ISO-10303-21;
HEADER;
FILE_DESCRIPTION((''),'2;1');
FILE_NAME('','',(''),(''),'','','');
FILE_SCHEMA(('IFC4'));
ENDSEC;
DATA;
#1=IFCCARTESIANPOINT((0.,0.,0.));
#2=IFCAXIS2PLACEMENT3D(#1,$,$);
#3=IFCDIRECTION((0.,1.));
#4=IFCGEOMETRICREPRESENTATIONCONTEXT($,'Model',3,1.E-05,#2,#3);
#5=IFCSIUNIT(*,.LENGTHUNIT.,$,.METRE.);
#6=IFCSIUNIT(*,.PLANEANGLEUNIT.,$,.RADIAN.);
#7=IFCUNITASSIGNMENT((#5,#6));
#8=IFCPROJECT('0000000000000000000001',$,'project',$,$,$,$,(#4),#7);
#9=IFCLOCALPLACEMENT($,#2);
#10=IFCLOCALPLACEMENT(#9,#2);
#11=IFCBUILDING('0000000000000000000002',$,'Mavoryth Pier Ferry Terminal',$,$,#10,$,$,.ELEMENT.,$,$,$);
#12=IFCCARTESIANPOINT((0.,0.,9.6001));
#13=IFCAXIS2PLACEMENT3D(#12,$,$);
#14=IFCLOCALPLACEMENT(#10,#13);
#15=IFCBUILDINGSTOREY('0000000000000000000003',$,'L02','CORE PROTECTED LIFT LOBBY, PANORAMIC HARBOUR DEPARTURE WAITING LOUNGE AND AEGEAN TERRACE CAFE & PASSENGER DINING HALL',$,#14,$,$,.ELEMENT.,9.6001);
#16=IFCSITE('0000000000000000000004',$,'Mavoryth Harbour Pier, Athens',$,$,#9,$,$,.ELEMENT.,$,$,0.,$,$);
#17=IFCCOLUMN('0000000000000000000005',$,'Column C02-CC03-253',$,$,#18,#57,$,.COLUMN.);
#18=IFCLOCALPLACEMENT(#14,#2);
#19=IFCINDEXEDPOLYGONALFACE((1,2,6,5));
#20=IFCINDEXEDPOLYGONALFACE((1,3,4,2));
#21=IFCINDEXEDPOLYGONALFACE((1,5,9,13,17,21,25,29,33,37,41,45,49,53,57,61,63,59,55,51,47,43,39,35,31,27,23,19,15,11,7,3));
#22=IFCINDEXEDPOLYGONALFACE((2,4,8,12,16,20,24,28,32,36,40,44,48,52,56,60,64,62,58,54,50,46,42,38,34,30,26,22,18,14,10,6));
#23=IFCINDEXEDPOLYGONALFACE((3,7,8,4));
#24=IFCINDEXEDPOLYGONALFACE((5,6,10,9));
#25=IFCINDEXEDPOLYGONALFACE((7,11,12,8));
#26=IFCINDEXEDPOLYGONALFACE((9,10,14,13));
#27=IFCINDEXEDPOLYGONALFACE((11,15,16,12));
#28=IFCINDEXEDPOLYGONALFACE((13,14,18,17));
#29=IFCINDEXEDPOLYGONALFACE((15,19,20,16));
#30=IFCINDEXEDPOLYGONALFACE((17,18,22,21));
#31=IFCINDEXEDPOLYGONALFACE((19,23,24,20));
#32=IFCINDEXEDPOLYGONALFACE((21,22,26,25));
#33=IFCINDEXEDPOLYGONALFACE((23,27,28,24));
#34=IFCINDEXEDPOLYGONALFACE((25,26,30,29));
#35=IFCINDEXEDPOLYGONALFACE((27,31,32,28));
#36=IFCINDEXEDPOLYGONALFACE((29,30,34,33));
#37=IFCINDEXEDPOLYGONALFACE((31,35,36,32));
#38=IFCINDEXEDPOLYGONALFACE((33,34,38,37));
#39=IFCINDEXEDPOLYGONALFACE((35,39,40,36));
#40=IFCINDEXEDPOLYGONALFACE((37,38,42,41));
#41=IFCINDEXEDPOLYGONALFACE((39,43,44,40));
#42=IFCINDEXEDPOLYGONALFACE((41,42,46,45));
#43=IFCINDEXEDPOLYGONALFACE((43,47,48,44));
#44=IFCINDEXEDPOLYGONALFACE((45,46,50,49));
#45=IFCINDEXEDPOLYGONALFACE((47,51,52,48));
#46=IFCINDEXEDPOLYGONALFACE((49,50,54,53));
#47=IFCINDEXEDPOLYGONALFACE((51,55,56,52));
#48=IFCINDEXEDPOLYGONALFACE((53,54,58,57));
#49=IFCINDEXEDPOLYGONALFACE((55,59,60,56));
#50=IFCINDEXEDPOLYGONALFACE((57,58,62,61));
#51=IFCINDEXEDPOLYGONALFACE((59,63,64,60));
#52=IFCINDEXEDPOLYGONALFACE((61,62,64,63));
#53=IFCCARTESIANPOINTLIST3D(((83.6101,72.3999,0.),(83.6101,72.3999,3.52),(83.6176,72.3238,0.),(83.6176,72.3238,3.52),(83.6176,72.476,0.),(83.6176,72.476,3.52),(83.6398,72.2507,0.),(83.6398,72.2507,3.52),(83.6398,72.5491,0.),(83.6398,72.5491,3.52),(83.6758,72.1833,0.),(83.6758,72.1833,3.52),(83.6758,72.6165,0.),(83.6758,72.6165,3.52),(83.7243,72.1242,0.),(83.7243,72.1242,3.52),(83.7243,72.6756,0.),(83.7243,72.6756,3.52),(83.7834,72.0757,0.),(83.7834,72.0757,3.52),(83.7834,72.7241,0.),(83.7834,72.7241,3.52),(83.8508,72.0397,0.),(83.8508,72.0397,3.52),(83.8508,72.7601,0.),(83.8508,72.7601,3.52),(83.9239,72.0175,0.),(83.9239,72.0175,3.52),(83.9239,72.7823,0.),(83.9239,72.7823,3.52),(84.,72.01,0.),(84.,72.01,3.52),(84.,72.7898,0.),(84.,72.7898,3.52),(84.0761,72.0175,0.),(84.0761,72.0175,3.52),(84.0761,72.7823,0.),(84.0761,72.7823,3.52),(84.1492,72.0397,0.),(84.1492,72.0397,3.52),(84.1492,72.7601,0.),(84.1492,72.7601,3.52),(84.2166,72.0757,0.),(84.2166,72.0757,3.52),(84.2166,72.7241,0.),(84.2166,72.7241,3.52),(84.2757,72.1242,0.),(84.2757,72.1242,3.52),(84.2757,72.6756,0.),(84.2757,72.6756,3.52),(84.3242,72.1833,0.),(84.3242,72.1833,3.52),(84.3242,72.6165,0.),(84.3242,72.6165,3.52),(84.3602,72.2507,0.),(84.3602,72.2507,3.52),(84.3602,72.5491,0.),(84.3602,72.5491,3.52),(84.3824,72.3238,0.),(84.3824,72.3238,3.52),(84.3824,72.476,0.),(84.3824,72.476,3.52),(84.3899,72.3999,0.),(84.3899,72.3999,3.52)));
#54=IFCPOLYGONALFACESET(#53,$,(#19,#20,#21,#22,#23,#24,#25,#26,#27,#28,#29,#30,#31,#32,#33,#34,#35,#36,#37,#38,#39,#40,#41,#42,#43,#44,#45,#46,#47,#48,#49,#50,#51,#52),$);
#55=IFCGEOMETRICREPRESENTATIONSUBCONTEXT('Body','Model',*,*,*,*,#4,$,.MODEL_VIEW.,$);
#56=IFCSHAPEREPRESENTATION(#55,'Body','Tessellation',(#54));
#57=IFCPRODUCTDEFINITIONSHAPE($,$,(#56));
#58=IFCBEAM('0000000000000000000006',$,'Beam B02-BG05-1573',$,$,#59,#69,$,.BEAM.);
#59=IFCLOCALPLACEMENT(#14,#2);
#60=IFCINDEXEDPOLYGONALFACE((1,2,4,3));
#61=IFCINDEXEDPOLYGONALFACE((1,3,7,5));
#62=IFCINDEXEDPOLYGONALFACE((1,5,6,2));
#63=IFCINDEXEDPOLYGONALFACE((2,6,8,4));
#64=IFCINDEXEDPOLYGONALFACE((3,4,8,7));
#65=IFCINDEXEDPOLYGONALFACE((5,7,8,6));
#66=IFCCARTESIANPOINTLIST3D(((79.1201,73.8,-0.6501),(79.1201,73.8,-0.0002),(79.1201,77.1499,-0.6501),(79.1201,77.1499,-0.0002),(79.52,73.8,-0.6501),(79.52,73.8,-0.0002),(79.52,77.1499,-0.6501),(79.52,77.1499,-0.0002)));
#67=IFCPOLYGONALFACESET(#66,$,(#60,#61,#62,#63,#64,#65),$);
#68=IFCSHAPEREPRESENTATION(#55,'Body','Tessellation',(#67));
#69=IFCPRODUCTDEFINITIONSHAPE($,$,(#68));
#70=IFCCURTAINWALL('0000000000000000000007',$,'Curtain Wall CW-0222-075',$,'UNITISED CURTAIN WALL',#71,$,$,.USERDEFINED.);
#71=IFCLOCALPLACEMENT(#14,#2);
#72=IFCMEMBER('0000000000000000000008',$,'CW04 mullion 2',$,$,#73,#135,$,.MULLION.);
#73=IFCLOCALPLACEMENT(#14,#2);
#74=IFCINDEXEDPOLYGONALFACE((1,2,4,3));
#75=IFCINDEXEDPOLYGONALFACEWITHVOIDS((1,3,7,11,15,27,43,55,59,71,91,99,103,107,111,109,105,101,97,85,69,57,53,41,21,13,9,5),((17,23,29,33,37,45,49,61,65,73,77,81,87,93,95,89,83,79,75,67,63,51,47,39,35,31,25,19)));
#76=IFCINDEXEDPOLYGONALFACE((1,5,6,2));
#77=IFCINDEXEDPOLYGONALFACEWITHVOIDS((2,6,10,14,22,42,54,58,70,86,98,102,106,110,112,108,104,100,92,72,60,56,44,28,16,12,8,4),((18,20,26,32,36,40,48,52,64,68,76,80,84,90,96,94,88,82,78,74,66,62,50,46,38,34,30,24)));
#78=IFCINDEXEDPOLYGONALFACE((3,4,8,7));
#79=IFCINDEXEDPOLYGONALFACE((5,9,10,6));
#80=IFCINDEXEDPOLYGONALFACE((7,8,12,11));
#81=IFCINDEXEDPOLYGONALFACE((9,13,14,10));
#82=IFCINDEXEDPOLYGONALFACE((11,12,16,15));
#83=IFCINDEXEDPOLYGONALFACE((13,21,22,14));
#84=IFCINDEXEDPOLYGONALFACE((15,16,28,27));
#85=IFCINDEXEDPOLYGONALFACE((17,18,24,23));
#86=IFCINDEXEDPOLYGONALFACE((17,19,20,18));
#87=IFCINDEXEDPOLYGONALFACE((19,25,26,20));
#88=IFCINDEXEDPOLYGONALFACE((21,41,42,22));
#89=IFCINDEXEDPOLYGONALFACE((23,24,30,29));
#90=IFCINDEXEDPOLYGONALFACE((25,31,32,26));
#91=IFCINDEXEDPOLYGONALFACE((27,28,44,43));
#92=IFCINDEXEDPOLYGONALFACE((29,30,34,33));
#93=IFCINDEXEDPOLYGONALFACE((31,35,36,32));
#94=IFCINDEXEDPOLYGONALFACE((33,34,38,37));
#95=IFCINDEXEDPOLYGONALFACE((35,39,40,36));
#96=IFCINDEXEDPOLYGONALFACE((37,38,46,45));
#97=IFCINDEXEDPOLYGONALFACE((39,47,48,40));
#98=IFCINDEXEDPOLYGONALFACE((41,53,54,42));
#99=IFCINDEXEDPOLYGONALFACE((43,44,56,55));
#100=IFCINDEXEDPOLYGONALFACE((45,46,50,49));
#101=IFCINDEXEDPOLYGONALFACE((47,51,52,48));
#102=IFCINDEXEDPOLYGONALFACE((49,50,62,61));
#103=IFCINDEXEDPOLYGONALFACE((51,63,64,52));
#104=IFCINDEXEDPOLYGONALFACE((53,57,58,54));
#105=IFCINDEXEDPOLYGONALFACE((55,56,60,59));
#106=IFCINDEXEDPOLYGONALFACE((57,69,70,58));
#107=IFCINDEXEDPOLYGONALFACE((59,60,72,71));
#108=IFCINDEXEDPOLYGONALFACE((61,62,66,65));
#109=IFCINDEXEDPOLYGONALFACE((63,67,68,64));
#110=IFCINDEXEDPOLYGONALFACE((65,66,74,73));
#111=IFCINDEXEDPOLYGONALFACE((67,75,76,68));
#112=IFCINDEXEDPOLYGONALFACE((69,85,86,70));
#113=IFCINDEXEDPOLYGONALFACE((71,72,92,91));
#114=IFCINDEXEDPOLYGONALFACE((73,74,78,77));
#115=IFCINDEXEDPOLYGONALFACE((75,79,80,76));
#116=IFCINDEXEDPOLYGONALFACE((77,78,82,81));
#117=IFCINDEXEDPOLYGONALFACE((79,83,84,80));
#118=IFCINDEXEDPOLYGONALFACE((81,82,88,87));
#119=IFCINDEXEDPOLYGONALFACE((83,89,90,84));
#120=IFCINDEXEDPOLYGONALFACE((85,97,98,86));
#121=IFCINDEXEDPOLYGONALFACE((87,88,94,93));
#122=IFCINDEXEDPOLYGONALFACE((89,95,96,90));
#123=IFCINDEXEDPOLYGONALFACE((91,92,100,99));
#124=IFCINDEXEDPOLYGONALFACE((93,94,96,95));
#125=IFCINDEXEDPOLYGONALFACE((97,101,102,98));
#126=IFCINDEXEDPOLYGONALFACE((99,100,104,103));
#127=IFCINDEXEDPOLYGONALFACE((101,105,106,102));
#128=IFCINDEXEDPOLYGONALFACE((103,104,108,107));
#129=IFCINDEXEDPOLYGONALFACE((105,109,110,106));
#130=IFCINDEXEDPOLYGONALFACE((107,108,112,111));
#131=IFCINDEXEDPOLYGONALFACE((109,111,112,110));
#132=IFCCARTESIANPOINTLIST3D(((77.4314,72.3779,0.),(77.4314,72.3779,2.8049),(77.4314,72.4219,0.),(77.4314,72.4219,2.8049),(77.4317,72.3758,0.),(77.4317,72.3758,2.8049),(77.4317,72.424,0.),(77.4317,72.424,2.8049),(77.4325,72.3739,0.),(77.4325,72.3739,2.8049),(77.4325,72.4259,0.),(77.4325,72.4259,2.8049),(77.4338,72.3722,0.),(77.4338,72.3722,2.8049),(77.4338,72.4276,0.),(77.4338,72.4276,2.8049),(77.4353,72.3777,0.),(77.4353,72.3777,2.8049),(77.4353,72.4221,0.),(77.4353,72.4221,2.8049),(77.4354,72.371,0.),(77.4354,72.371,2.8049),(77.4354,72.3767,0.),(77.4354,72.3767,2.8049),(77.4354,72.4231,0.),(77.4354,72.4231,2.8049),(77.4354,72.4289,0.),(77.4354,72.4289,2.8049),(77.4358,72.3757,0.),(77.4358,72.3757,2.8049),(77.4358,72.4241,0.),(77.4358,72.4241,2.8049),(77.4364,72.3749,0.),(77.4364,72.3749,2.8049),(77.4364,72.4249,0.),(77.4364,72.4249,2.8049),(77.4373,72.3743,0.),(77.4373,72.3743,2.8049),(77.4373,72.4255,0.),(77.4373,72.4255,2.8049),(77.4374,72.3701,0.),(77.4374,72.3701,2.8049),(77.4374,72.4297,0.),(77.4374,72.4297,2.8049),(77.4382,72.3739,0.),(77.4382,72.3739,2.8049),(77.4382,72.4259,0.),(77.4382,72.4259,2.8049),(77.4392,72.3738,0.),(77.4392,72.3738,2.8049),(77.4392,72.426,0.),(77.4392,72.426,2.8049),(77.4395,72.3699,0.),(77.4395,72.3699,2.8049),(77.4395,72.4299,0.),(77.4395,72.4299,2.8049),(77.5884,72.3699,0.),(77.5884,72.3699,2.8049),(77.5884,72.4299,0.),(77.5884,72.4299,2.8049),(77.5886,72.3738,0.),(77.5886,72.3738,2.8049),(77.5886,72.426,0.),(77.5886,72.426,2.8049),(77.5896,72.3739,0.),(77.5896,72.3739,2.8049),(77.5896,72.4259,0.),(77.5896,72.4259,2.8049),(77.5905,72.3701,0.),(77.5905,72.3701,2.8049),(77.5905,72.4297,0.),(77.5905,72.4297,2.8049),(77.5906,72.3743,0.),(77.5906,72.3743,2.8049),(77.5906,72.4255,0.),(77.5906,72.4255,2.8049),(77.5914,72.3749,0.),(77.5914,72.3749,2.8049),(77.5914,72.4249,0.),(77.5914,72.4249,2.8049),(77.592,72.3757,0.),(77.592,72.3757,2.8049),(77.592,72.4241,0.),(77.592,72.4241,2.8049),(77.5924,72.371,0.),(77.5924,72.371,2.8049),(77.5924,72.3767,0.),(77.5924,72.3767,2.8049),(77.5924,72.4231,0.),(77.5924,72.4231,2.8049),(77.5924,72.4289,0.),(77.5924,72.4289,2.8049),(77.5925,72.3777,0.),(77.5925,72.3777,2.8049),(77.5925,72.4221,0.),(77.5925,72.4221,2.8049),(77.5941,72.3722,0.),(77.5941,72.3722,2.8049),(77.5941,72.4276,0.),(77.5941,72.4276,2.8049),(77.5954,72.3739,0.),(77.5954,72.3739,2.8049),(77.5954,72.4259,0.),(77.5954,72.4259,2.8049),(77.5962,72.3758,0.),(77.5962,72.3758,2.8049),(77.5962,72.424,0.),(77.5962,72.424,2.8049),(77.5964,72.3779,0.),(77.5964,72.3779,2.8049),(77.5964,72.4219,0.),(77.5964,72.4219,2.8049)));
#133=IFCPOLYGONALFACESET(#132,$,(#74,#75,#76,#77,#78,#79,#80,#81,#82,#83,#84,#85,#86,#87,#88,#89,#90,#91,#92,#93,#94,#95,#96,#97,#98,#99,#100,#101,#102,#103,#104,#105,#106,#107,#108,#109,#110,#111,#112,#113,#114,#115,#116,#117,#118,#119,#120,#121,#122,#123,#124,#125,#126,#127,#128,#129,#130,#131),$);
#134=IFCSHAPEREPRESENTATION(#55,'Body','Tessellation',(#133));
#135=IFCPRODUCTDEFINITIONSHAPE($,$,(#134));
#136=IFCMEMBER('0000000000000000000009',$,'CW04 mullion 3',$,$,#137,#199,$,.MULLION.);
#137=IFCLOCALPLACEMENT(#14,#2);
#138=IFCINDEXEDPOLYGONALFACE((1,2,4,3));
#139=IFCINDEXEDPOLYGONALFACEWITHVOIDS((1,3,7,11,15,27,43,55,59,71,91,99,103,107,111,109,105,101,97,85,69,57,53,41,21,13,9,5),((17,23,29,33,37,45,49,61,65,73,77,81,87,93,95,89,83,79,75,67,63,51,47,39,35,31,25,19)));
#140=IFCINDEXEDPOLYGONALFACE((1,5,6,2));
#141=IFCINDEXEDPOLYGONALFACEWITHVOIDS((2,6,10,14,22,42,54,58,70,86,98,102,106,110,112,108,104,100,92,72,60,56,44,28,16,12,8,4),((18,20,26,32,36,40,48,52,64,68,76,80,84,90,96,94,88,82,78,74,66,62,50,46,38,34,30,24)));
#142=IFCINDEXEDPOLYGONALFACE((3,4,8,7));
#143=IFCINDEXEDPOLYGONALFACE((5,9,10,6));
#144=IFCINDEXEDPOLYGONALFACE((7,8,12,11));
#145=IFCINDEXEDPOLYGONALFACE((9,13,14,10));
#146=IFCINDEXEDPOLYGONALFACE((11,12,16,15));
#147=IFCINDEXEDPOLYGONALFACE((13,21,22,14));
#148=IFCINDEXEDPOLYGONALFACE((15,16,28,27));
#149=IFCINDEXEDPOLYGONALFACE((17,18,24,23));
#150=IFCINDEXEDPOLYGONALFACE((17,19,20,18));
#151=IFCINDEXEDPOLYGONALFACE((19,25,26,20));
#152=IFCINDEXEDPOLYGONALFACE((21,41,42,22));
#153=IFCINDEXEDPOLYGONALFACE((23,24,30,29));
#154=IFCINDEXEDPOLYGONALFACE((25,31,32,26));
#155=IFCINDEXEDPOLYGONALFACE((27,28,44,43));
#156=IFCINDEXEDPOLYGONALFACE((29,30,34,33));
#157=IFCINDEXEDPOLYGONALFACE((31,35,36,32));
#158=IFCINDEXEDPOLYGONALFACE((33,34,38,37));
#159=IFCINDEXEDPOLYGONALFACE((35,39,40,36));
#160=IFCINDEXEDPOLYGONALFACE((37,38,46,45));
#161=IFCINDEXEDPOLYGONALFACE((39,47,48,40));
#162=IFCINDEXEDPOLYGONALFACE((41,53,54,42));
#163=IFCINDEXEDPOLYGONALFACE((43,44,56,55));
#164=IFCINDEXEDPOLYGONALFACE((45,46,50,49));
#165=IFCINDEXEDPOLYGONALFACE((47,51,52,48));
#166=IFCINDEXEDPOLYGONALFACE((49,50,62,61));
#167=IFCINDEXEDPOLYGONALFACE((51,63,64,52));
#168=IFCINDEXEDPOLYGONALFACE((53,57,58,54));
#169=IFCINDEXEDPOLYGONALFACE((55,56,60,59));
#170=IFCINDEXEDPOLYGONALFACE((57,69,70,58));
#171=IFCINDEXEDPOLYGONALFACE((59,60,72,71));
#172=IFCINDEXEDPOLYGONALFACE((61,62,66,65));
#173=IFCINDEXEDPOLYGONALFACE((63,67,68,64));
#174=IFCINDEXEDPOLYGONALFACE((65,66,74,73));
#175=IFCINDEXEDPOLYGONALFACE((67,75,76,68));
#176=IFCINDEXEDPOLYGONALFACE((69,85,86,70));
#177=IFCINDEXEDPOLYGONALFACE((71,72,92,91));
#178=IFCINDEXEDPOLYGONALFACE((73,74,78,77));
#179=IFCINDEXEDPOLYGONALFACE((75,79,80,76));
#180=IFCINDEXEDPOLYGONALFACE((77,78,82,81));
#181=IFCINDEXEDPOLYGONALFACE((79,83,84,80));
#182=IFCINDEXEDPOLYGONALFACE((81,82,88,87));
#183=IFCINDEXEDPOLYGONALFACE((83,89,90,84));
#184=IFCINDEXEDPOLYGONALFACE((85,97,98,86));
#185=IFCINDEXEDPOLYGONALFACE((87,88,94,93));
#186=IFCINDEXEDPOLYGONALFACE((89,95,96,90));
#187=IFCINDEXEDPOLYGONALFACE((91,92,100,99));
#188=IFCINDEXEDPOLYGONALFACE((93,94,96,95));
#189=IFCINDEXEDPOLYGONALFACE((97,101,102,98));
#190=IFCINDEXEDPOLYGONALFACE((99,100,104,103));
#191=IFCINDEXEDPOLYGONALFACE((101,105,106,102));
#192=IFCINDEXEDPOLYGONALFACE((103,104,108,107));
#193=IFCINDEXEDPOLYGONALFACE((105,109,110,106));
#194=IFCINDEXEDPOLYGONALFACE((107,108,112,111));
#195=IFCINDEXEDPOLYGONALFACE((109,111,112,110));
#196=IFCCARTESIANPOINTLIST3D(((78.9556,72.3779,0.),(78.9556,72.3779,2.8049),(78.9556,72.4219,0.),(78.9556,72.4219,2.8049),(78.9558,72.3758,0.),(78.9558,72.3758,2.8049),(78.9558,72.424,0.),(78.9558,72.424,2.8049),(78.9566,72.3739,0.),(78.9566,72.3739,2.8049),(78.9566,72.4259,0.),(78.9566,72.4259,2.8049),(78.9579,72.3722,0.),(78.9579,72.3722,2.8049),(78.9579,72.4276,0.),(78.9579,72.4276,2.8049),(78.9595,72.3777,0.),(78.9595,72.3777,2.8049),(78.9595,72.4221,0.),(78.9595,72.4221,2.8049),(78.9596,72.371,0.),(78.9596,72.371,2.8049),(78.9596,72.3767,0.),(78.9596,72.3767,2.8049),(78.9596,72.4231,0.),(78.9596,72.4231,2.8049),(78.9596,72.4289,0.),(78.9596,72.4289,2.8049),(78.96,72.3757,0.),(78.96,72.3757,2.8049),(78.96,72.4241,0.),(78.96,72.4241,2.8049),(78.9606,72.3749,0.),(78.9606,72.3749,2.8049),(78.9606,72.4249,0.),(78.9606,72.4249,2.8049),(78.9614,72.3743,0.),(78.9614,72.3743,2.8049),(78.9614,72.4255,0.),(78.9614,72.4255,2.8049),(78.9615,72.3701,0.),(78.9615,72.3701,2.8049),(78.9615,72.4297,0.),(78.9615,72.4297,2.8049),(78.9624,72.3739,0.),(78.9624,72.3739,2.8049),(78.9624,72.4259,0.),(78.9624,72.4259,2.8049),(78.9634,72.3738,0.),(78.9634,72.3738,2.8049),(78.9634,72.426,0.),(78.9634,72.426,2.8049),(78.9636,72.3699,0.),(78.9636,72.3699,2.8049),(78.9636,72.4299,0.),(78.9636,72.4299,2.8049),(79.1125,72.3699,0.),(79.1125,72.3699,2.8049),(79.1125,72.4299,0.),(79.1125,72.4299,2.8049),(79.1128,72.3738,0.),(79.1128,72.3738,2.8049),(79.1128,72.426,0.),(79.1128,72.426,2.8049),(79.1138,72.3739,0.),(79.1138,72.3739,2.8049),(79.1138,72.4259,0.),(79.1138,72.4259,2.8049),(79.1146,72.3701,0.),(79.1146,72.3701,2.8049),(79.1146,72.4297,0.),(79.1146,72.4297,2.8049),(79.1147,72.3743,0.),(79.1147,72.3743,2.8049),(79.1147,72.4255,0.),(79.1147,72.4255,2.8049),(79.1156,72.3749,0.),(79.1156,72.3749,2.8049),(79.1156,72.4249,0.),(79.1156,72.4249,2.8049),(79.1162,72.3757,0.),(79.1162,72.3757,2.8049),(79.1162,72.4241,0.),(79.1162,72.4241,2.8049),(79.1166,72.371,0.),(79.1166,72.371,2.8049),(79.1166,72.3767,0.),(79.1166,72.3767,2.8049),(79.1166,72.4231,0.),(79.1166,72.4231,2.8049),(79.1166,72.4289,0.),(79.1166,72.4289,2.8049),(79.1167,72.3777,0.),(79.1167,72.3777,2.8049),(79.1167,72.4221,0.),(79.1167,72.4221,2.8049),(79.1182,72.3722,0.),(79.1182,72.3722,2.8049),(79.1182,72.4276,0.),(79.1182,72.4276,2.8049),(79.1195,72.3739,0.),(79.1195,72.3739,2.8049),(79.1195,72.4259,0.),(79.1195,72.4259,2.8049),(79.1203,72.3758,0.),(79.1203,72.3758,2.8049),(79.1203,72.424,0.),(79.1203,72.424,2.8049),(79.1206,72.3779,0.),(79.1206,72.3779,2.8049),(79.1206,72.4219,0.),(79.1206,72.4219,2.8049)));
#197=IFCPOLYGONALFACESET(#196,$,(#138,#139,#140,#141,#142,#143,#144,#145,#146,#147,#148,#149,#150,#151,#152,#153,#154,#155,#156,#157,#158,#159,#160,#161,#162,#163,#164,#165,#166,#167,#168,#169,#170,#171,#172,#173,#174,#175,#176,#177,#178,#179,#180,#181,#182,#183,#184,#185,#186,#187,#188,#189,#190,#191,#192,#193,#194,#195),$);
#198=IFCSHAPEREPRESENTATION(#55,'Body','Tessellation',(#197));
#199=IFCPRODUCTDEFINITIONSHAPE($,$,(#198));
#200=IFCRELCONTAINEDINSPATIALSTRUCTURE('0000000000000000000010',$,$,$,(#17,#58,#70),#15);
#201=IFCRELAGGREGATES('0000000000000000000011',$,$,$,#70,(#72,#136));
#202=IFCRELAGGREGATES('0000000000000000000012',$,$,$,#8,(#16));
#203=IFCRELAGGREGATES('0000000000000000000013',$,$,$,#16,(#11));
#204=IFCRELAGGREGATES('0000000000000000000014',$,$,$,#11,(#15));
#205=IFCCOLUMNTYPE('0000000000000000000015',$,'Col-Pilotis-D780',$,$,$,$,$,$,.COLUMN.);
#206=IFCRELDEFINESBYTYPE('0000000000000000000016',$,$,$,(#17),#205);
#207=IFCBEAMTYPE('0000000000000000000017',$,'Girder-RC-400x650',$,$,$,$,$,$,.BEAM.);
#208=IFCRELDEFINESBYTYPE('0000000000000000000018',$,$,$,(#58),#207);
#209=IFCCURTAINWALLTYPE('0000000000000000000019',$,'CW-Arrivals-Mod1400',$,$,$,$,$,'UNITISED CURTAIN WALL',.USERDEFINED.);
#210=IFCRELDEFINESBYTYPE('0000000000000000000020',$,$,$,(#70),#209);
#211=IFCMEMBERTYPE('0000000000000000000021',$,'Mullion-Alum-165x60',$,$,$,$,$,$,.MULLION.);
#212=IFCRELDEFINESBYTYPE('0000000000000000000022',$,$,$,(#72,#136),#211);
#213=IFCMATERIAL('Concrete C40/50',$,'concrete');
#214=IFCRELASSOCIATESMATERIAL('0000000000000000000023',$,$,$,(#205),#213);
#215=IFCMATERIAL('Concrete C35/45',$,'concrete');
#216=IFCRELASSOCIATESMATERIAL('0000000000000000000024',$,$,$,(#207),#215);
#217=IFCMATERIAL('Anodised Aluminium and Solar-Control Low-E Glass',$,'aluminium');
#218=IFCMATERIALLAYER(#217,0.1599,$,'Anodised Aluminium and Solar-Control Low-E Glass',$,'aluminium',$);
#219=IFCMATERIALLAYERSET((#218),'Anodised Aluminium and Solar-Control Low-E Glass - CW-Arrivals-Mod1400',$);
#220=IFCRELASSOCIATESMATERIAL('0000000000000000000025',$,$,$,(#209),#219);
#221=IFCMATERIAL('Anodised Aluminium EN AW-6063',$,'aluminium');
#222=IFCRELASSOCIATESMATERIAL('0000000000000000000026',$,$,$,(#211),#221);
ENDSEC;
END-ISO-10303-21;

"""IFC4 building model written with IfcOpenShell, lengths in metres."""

from ifc_helpers import new_model, si_unit, direction, frame, origin, origin_2d, place, context, subcontext, project, spatial, rectangle, hollow_rectangle, circle, extrude, material, layer, layer_set, material_profile, profile_set, type_object, element, aggregate, save


model = new_model("IFC4")

# Units and contexts
model_context = context("Model", 3, precision=1e-05, world=origin(), true_north=direction((0.0, 1.0)))
body_context = subcontext(model_context, "Body", "Model", "MODEL_VIEW")
ifc_project = project(units=[si_unit("LENGTHUNIT", "METRE"), si_unit("PLANEANGLEUNIT", "RADIAN")], contexts=[model_context])

# Site, building, storey
site_placement = place(None, origin())
site = spatial("IfcSite", under=ifc_project, at=site_placement, Name="Mavoryth Harbour Pier, Athens", CompositionType="ELEMENT", RefElevation=0.0)
building_placement = place(site_placement, origin())
building = spatial("IfcBuilding", under=site, at=building_placement, Name="Mavoryth Pier Ferry Terminal", CompositionType="ELEMENT")
storey_placement = place(building_placement, frame((0.0, 0.0, 9.6001)))
storey = spatial("IfcBuildingStorey", under=building, at=storey_placement, Name="L02", Description="CORE PROTECTED LIFT LOBBY, PANORAMIC HARBOUR DEPARTURE WAITING LOUNGE AND AEGEAN TERRACE CAFE & PASSENGER DINING HALL", CompositionType="ELEMENT", Elevation=9.6001)

# Column
ifc_material_1 = material(Name="Concrete C40/50", Category="concrete")
ifc_material_profile_1 = material_profile(ifc_material_1, circle(Radius=0.3899, at=origin_2d()), Name="RC D780", Category="concrete")
ifc_profile_set_1 = profile_set([ifc_material_profile_1], Name="Concrete C40/50 - RC D780")
column_type = type_object("IfcColumnType", Name="Col-Pilotis-D780", PredefinedType="COLUMN", material=ifc_profile_set_1)
column_placement = place(storey_placement, frame((84.0, 72.3999, 0.0), z_axis=(0.0, 0.0, 1.0), x_axis=(1.0, 0.0, 0.0)))
element("IfcColumn", 1, at=column_placement, inside=storey, type_object=column_type, Name="Column C02-CC03-253", PredefinedType="COLUMN", context=body_context, shape_type="SweptSolid", body=[
    extrude(circle(Radius=0.3899, at=origin_2d()), origin(), (0.0, 0.0, 1.0), 3.52),
])

# Beam
ifc_material_2 = material(Name="Concrete C35/45", Category="concrete")
ifc_material_profile_2 = material_profile(ifc_material_2, rectangle(XDim=0.3999, YDim=0.6499, at=origin_2d()), Name="RC 400x650", Category="concrete")
ifc_profile_set_2 = profile_set([ifc_material_profile_2], Name="Concrete C35/45 - RC 400x650")
beam_type = type_object("IfcBeamType", Name="Girder-RC-400x650", PredefinedType="BEAM", material=ifc_profile_set_2)
beam_placement = place(storey_placement, frame((79.3201, 73.8, -0.3252), z_axis=(0.0, 1.0, 0.0), x_axis=(-1.0, 0.0, 0.0)))
element("IfcBeam", 2, at=beam_placement, inside=storey, type_object=beam_type, Name="Beam B02-BG05-1573", PredefinedType="BEAM", context=body_context, shape_type="SweptSolid", body=[
    extrude(rectangle(XDim=0.3999, YDim=0.6499, at=origin_2d()), origin(), (0.0, 0.0, 1.0), 3.3499),
])

# Curtain wall, members
ifc_material_3 = material(Name="Anodised Aluminium and Solar-Control Low-E Glass", Category="aluminium")
ifc_layer_1 = layer(ifc_material_3, 0.1599, Name="Anodised Aluminium and Solar-Control Low-E Glass", Category="aluminium")
ifc_layer_set_1 = layer_set([ifc_layer_1], Name="Anodised Aluminium and Solar-Control Low-E Glass - CW-Arrivals-Mod1400")
curtain_wall_type = type_object("IfcCurtainWallType", Name="CW-Arrivals-Mod1400", ElementType="UNITISED CURTAIN WALL", PredefinedType="USERDEFINED", material=ifc_layer_set_1)
curtain_wall_placement = place(storey_placement, origin())
curtain_wall = element("IfcCurtainWall", 3, at=curtain_wall_placement, inside=storey, type_object=curtain_wall_type, Name="Curtain Wall CW-0222-075", ObjectType="UNITISED CURTAIN WALL", PredefinedType="USERDEFINED")
ifc_material_4 = material(Name="Anodised Aluminium EN AW-6063", Category="aluminium")
ifc_material_profile_3 = material_profile(ifc_material_4, hollow_rectangle(XDim=0.0601, YDim=0.165, WallThickness=0.0039, InnerFilletRadius=0.0039, OuterFilletRadius=0.0081, at=origin_2d()), Name="AL-MULL 165x60x4", Category="aluminium")
ifc_profile_set_3 = profile_set([ifc_material_profile_3], Name="Anodised Aluminium EN AW-6063 - AL-MULL 165x60x4")
member_type_1 = type_object("IfcMemberType", Name="Mullion-Alum-165x60", PredefinedType="MULLION", material=ifc_profile_set_3)
member_1_placement = place(storey_placement, frame((77.5139, 72.3999, 0.0), z_axis=(0.0, 0.0, 1.0), x_axis=(0.0, 1.0, 0.0)))
member_1 = element("IfcMember", 4, at=member_1_placement, type_object=member_type_1, Name="CW04 mullion 2", PredefinedType="MULLION", context=body_context, shape_type="SweptSolid", body=[
    extrude(hollow_rectangle(XDim=0.0601, YDim=0.165, WallThickness=0.0039, InnerFilletRadius=0.0039, OuterFilletRadius=0.0081, at=origin_2d()), origin(), (0.0, 0.0, 1.0), 2.8049),
])
member_2_placement = place(storey_placement, frame((79.0381, 72.3999, 0.0), z_axis=(0.0, 0.0, 1.0), x_axis=(0.0, 1.0, 0.0)))
member_2 = element("IfcMember", 5, at=member_2_placement, type_object=member_type_1, Name="CW04 mullion 3", PredefinedType="MULLION", context=body_context, shape_type="SweptSolid", body=[
    extrude(hollow_rectangle(XDim=0.0601, YDim=0.165, WallThickness=0.0039, InnerFilletRadius=0.0039, OuterFilletRadius=0.0081, at=origin_2d()), origin(), (0.0, 0.0, 1.0), 2.8049),
])
aggregate(curtain_wall, [member_1, member_2])

save(model, "model.ifc")
